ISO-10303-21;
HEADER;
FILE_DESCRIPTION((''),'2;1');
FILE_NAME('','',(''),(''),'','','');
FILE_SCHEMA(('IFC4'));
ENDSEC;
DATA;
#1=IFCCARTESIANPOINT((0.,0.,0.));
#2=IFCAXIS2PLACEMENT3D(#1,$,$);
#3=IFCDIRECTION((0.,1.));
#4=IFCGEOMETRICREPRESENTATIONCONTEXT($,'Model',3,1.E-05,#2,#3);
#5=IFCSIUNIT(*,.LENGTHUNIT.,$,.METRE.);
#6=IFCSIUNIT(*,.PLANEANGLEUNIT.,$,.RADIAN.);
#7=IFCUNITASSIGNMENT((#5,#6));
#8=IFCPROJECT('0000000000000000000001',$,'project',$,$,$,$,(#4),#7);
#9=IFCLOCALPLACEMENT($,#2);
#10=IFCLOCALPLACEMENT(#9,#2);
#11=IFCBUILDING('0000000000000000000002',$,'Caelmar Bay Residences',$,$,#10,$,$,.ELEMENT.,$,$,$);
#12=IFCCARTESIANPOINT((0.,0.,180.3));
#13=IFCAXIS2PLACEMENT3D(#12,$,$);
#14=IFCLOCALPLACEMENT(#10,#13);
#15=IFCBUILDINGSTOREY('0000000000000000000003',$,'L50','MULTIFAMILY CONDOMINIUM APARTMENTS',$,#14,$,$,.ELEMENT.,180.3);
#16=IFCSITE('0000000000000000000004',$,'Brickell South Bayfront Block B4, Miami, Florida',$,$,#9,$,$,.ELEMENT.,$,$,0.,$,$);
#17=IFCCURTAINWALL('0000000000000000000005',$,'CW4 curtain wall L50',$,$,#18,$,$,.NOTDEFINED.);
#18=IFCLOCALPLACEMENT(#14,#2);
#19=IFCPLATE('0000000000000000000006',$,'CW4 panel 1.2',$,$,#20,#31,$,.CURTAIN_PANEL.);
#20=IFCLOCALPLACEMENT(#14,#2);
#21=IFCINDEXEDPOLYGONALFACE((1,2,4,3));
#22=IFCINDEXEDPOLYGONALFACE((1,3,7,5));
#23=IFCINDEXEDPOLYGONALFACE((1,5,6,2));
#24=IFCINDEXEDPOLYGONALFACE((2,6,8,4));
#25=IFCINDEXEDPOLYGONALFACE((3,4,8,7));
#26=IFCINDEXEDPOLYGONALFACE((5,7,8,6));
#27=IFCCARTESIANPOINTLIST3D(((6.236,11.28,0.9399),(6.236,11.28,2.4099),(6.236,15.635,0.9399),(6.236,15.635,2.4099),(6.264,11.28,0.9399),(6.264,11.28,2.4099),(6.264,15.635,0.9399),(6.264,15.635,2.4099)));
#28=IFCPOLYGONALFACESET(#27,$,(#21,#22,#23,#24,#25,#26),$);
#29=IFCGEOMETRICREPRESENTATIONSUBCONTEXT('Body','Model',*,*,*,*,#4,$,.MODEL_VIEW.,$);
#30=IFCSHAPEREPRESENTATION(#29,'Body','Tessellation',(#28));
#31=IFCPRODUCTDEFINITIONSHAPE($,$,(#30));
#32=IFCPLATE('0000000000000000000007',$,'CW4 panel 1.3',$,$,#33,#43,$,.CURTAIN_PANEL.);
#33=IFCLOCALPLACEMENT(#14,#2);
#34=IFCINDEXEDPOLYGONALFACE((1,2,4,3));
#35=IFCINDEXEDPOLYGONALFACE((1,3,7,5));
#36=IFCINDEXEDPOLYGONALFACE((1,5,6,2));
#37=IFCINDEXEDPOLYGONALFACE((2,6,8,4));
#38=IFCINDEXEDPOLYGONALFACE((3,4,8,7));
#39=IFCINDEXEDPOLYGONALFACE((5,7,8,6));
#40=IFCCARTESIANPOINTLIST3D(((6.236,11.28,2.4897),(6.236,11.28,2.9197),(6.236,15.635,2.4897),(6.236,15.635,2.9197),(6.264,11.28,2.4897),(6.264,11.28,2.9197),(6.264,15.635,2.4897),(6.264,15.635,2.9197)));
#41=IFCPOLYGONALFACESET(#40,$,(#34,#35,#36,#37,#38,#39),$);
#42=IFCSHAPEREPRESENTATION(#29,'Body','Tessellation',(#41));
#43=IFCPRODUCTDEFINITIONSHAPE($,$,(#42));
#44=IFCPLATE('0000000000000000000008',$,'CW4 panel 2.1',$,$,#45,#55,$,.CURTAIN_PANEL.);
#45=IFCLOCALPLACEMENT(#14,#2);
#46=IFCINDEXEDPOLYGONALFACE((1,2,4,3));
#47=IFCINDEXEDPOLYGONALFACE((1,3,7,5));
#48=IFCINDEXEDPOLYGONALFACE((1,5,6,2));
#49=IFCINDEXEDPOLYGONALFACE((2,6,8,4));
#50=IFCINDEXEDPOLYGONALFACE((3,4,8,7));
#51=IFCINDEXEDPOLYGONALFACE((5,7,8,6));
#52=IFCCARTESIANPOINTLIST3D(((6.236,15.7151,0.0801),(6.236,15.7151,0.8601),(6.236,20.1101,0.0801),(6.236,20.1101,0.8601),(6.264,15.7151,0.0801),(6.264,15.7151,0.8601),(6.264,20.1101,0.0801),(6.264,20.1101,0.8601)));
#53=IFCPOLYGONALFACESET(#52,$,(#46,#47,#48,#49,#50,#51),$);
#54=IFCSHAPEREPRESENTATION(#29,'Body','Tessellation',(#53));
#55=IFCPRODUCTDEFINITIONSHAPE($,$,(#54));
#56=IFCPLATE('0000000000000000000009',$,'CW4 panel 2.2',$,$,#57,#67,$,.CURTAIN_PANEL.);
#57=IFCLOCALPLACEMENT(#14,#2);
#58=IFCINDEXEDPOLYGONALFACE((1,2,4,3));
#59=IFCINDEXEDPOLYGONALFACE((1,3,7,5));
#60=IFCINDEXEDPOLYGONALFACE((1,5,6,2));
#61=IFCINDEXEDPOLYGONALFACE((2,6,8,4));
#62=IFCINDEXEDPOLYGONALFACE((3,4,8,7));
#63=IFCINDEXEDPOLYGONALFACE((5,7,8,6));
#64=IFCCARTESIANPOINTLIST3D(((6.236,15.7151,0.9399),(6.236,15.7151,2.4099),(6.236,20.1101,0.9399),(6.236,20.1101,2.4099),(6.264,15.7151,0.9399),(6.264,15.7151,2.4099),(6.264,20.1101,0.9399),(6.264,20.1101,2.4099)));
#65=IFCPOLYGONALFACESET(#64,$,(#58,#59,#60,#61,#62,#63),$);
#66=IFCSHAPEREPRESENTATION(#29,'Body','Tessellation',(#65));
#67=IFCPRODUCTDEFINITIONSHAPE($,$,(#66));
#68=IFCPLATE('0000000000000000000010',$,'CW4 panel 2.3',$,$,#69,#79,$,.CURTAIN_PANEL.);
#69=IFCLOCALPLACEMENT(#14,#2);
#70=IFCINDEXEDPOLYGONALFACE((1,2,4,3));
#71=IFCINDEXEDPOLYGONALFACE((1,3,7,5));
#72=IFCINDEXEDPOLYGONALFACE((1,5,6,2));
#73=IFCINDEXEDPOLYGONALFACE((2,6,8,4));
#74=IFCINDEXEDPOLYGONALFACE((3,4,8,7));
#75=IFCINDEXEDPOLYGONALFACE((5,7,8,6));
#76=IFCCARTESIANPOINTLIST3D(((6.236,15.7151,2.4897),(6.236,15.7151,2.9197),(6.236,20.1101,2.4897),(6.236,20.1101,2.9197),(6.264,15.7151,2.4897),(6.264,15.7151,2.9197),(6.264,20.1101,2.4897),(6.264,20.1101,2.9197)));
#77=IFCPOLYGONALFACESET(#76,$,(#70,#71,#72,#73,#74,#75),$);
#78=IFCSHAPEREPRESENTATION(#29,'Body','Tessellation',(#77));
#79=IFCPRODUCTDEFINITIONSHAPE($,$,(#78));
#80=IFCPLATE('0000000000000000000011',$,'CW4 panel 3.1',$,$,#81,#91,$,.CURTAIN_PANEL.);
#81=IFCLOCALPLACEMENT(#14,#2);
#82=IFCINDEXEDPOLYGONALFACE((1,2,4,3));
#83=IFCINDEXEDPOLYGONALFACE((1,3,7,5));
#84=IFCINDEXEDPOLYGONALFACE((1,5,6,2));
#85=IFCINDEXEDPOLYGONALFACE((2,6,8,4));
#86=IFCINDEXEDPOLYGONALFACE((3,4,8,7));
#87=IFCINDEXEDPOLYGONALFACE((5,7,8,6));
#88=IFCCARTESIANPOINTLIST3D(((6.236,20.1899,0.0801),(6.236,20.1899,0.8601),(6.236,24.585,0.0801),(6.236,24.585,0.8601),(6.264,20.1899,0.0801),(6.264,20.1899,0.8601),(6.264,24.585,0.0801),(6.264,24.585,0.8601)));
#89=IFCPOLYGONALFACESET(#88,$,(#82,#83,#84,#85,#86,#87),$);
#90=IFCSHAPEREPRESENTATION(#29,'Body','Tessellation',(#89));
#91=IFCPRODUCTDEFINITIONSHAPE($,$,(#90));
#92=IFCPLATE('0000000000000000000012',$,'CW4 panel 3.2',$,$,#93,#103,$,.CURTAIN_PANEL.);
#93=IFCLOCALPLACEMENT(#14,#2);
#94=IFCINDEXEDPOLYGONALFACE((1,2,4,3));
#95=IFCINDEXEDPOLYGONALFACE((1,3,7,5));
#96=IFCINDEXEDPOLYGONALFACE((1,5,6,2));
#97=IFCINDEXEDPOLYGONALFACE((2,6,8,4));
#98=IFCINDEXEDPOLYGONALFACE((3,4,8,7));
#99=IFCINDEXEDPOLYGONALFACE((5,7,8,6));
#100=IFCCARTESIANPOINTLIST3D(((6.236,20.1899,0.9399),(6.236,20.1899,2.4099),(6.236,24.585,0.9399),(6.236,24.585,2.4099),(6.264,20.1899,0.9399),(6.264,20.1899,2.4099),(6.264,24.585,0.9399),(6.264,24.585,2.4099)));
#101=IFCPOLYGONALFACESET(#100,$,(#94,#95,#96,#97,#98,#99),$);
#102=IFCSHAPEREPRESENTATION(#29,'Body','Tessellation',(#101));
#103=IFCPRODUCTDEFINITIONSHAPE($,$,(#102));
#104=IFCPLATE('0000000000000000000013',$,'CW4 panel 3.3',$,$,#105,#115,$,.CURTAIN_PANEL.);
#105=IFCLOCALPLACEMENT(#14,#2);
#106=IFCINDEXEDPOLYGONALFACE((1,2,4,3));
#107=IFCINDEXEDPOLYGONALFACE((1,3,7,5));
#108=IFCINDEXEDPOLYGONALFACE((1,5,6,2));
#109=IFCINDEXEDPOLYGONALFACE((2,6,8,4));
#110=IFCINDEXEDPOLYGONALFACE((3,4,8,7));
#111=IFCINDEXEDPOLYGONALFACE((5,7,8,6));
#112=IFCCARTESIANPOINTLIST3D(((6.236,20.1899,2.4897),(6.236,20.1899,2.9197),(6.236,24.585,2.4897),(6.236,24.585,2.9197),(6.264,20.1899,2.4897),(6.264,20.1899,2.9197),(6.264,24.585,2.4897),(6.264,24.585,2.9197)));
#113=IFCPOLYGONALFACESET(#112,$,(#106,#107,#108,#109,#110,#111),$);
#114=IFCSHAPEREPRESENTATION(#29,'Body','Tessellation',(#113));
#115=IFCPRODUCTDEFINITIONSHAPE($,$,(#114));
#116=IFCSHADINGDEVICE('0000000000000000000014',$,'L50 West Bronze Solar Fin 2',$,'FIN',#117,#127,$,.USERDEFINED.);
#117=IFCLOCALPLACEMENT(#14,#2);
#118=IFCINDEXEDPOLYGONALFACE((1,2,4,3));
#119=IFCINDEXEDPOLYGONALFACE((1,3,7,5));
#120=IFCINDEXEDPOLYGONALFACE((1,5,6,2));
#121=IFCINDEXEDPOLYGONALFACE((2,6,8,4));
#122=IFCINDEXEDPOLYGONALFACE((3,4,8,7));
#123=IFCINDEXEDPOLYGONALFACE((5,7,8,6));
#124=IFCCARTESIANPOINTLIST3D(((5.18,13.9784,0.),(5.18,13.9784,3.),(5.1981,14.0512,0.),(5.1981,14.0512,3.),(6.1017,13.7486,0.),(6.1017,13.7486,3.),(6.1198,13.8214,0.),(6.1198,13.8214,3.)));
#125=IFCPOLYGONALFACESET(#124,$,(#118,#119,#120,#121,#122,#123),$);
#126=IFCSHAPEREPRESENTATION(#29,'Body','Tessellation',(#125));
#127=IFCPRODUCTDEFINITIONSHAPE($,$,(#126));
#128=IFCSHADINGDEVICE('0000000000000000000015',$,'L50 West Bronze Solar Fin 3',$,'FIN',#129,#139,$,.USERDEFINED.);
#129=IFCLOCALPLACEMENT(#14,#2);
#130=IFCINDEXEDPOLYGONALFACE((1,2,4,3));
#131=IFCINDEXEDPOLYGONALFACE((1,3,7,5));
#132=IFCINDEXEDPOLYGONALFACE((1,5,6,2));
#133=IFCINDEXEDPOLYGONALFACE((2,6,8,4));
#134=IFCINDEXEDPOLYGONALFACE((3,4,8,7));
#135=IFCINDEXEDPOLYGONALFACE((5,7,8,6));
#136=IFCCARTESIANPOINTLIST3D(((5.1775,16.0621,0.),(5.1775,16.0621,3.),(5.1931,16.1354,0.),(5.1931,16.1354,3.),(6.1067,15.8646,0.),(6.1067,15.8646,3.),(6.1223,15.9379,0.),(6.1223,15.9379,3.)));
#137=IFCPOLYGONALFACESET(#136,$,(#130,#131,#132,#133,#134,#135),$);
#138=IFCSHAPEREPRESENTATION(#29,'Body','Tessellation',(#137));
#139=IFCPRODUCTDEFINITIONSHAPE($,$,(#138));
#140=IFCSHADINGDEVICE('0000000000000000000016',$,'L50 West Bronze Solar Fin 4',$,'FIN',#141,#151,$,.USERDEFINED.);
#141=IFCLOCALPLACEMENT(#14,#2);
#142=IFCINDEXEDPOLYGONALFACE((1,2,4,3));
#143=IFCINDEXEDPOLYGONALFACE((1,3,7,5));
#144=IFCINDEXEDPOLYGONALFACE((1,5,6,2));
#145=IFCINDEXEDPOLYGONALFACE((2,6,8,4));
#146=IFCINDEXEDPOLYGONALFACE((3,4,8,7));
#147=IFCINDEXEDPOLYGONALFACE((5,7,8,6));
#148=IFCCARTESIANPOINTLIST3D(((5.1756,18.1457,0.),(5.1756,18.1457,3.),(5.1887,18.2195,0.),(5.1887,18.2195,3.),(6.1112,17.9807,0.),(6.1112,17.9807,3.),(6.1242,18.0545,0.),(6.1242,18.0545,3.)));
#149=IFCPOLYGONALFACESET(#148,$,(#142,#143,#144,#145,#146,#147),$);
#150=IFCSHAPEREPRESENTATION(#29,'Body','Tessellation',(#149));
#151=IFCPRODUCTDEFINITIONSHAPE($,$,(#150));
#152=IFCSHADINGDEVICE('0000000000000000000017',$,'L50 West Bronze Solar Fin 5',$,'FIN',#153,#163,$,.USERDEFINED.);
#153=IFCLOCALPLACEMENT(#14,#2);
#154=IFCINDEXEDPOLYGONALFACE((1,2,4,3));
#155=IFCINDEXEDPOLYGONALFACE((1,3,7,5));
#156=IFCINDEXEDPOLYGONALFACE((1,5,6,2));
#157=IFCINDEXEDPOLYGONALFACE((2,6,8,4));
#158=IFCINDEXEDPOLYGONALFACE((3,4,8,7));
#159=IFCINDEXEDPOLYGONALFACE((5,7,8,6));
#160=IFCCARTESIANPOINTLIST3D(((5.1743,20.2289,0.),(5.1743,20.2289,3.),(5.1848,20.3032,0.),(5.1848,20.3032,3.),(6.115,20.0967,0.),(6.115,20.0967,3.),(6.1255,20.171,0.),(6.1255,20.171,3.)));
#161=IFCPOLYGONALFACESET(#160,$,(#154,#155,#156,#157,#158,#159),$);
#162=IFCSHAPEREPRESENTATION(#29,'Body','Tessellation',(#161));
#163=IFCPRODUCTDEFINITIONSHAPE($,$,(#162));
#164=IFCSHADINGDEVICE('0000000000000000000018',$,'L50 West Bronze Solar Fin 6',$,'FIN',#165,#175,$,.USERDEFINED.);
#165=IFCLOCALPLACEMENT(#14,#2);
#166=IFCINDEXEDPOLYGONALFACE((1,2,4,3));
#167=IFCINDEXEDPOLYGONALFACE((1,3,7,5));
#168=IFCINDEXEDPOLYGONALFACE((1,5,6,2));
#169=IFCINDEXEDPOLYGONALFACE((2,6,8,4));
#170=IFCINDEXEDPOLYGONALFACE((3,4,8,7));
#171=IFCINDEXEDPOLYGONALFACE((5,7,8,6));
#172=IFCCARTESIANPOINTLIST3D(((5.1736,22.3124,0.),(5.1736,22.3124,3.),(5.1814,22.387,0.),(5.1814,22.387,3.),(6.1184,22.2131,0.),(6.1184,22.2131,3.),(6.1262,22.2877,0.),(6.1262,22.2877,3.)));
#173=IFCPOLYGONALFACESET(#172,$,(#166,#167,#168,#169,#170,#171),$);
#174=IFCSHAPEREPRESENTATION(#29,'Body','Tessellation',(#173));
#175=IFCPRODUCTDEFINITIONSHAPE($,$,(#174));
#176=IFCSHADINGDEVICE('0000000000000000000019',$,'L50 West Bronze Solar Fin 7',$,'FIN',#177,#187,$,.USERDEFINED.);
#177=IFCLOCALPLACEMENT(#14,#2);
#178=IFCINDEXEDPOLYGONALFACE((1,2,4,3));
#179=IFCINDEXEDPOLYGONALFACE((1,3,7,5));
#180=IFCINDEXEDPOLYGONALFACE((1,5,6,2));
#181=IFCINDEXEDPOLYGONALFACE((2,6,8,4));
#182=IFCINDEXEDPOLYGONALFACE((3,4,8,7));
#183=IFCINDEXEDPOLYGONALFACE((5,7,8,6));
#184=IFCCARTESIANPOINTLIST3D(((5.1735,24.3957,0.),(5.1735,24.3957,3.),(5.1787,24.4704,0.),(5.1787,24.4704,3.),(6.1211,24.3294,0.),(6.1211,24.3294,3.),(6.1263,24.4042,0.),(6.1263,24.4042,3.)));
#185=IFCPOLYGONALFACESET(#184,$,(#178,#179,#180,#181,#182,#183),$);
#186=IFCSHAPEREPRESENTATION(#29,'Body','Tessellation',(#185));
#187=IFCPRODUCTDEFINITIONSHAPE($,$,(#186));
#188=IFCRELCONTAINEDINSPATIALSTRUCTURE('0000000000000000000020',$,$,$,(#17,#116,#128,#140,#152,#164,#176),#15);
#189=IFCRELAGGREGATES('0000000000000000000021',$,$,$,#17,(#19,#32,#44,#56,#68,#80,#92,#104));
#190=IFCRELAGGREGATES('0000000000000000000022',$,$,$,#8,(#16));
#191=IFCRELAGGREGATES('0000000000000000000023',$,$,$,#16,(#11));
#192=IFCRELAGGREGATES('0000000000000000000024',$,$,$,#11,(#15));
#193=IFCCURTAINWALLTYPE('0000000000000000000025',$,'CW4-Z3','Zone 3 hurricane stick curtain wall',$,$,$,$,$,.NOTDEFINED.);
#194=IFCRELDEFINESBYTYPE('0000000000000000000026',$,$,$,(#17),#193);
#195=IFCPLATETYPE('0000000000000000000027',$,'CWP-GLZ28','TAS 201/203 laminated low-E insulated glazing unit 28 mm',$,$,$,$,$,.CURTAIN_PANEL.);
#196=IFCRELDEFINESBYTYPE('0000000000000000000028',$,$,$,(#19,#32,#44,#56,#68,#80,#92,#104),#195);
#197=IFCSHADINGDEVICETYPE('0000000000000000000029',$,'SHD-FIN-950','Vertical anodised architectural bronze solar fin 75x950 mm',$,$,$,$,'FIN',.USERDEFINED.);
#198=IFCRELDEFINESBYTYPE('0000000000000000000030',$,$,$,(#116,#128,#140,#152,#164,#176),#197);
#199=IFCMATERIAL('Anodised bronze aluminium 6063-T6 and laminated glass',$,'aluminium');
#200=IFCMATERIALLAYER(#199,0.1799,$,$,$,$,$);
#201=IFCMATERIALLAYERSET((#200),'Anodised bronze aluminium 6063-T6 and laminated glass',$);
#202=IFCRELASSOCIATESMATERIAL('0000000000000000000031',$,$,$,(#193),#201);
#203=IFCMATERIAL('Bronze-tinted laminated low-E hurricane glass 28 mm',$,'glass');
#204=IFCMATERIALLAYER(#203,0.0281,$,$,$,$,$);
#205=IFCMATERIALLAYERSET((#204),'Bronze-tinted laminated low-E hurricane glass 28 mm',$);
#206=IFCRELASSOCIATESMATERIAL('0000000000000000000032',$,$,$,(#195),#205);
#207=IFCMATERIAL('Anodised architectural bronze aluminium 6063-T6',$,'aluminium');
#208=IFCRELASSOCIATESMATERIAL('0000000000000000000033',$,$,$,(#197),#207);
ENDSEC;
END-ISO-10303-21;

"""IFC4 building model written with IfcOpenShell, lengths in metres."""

from ifc_helpers import new_model, si_unit, direction, frame, origin, origin_2d, place, context, subcontext, project, spatial, rectangle, extrude, material, layer, layer_set, material_profile, profile_set, type_object, element, aggregate, save


model = new_model("IFC4")

# Units and contexts
model_context = context("Model", 3, precision=1e-05, world=origin(), true_north=direction((0.0, 1.0)))
body_context = subcontext(model_context, "Body", "Model", "MODEL_VIEW")
ifc_project = project(units=[si_unit("LENGTHUNIT", "METRE"), si_unit("PLANEANGLEUNIT", "RADIAN")], contexts=[model_context])

# Site, building, storey
site_placement = place(None, origin())
site = spatial("IfcSite", under=ifc_project, at=site_placement, Name="Brickell South Bayfront Block B4, Miami, Florida", CompositionType="ELEMENT", RefElevation=0.0)
building_placement = place(site_placement, origin())
building = spatial("IfcBuilding", under=site, at=building_placement, Name="Caelmar Bay Residences", CompositionType="ELEMENT")
storey_placement = place(building_placement, frame((0.0, 0.0, 180.3)))
storey = spatial("IfcBuildingStorey", under=building, at=storey_placement, Name="L50", Description="MULTIFAMILY CONDOMINIUM APARTMENTS", CompositionType="ELEMENT", Elevation=180.3)

# Curtain wall, plates
ifc_material_1 = material(Name="Anodised bronze aluminium 6063-T6 and laminated glass", Category="aluminium")
ifc_layer_1 = layer(ifc_material_1, 0.1799)
ifc_layer_set_1 = layer_set([ifc_layer_1], Name="Anodised bronze aluminium 6063-T6 and laminated glass")
curtain_wall_type = type_object("IfcCurtainWallType", Name="CW4-Z3", Description="Zone 3 hurricane stick curtain wall", PredefinedType="NOTDEFINED", material=ifc_layer_set_1)
curtain_wall_placement = place(storey_placement, origin())
curtain_wall = element("IfcCurtainWall", 1, at=curtain_wall_placement, inside=storey, type_object=curtain_wall_type, Name="CW4 curtain wall L50", PredefinedType="NOTDEFINED")
ifc_material_2 = material(Name="Bronze-tinted laminated low-E hurricane glass 28 mm", Category="glass")
ifc_layer_2 = layer(ifc_material_2, 0.0281)
ifc_layer_set_2 = layer_set([ifc_layer_2], Name="Bronze-tinted laminated low-E hurricane glass 28 mm")
plate_type = type_object("IfcPlateType", Name="CWP-GLZ28", Description="TAS 201/203 laminated low-E insulated glazing unit 28 mm", PredefinedType="CURTAIN_PANEL", material=ifc_layer_set_2)
plate_1_placement = place(storey_placement, frame((6.25, 13.4575, 0.9399), z_axis=(0.0, 0.0, 1.0), x_axis=(0.0, 1.0, 0.0)))
plate_1 = element("IfcPlate", 2, at=plate_1_placement, type_object=plate_type, Name="CW4 panel 1.2", PredefinedType="CURTAIN_PANEL", context=body_context, shape_type="SweptSolid", body=[
    extrude(rectangle(XDim=4.355, YDim=0.0281, at=origin_2d()), origin(), (0.0, 0.0, 1.0), 1.47),
])
plate_2_placement = place(storey_placement, frame((6.25, 13.4575, 2.4897), z_axis=(0.0, 0.0, 1.0), x_axis=(0.0, 1.0, 0.0)))
plate_2 = element("IfcPlate", 3, at=plate_2_placement, type_object=plate_type, Name="CW4 panel 1.3", PredefinedType="CURTAIN_PANEL", context=body_context, shape_type="SweptSolid", body=[
    extrude(rectangle(XDim=4.355, YDim=0.0281, at=origin_2d()), origin(), (0.0, 0.0, 1.0), 0.4299),
])
plate_3_placement = place(storey_placement, frame((6.25, 17.9126, 0.0801), z_axis=(0.0, 0.0, 1.0), x_axis=(0.0, 1.0, 0.0)))
plate_3 = element("IfcPlate", 4, at=plate_3_placement, type_object=plate_type, Name="CW4 panel 2.1", PredefinedType="CURTAIN_PANEL", context=body_context, shape_type="SweptSolid", body=[
    extrude(rectangle(XDim=4.395, YDim=0.0281, at=origin_2d()), origin(), (0.0, 0.0, 1.0), 0.78),
])
plate_4_placement = place(storey_placement, frame((6.25, 17.9126, 0.9399), z_axis=(0.0, 0.0, 1.0), x_axis=(0.0, 1.0, 0.0)))
plate_4 = element("IfcPlate", 5, at=plate_4_placement, type_object=plate_type, Name="CW4 panel 2.2", PredefinedType="CURTAIN_PANEL", context=body_context, shape_type="SweptSolid", body=[
    extrude(rectangle(XDim=4.395, YDim=0.0281, at=origin_2d()), origin(), (0.0, 0.0, 1.0), 1.47),
])
plate_5_placement = place(storey_placement, frame((6.25, 17.9126, 2.4897), z_axis=(0.0, 0.0, 1.0), x_axis=(0.0, 1.0, 0.0)))
plate_5 = element("IfcPlate", 6, at=plate_5_placement, type_object=plate_type, Name="CW4 panel 2.3", PredefinedType="CURTAIN_PANEL", context=body_context, shape_type="SweptSolid", body=[
    extrude(rectangle(XDim=4.395, YDim=0.0281, at=origin_2d()), origin(), (0.0, 0.0, 1.0), 0.4299),
])
plate_6_placement = place(storey_placement, frame((6.25, 22.3875, 0.0801), z_axis=(0.0, 0.0, 1.0), x_axis=(0.0, 1.0, 0.0)))
plate_6 = element("IfcPlate", 7, at=plate_6_placement, type_object=plate_type, Name="CW4 panel 3.1", PredefinedType="CURTAIN_PANEL", context=body_context, shape_type="SweptSolid", body=[
    extrude(rectangle(XDim=4.395, YDim=0.0281, at=origin_2d()), origin(), (0.0, 0.0, 1.0), 0.78),
])
plate_7_placement = place(storey_placement, frame((6.25, 22.3875, 0.9399), z_axis=(0.0, 0.0, 1.0), x_axis=(0.0, 1.0, 0.0)))
plate_7 = element("IfcPlate", 8, at=plate_7_placement, type_object=plate_type, Name="CW4 panel 3.2", PredefinedType="CURTAIN_PANEL", context=body_context, shape_type="SweptSolid", body=[
    extrude(rectangle(XDim=4.395, YDim=0.0281, at=origin_2d()), origin(), (0.0, 0.0, 1.0), 1.47),
])
plate_8_placement = place(storey_placement, frame((6.25, 22.3875, 2.4897), z_axis=(0.0, 0.0, 1.0), x_axis=(0.0, 1.0, 0.0)))
plate_8 = element("IfcPlate", 9, at=plate_8_placement, type_object=plate_type, Name="CW4 panel 3.3", PredefinedType="CURTAIN_PANEL", context=body_context, shape_type="SweptSolid", body=[
    extrude(rectangle(XDim=4.395, YDim=0.0281, at=origin_2d()), origin(), (0.0, 0.0, 1.0), 0.4299),
])
aggregate(curtain_wall, [plate_1, plate_2, plate_3, plate_4, plate_5, plate_6, plate_7, plate_8])

# Shading devices
ifc_material_3 = material(Name="Anodised architectural bronze aluminium 6063-T6", Category="aluminium")
ifc_material_profile_1 = material_profile(ifc_material_3, rectangle(XDim=0.075, YDim=0.95, at=origin_2d()), Name="BRONZE-FIN-75X950")
ifc_profile_set_1 = profile_set([ifc_material_profile_1], Name="Anodised architectural bronze aluminium 6063-T6")
shading_device_type = type_object("IfcShadingDeviceType", Name="SHD-FIN-950", Description="Vertical anodised architectural bronze solar fin 75x950 mm", ElementType="FIN", PredefinedType="USERDEFINED", material=ifc_profile_set_1)
for number, where, z_axis, x_axis, name in (
    (10, (5.6499, 13.8999, 0.0), (0.0, 0.0, 1.0), (0.241922, 0.970296, 0.0), "L50 West Bronze Solar Fin 2"),
    (11, (5.6499, 16.0, 0.0), (0.0, 0.0, 1.0), (0.207912, 0.978148, 0.0), "L50 West Bronze Solar Fin 3"),
    (12, (5.6499, 18.1001, 0.0), (0.0, 0.0, 1.0), (0.173648, 0.984808, 0.0), "L50 West Bronze Solar Fin 4"),
    (13, (5.6499, 20.2, 0.0), (0.0, 0.0, 1.0), (0.139173, 0.990268, 0.0), "L50 West Bronze Solar Fin 5"),
    (14, (5.6499, 22.3, 0.0), (0.0, 0.0, 1.0), (0.104528, 0.994522, 0.0), "L50 West Bronze Solar Fin 6"),
    (15, (5.6499, 24.3999, 0.0), (0.0, 0.0, 1.0), (0.069756, 0.997564, 0.0), "L50 West Bronze Solar Fin 7"),
):
    element("IfcShadingDevice", number, at=place(storey_placement, frame(where, z_axis=z_axis, x_axis=x_axis)), inside=storey, type_object=shading_device_type, Name=name, ObjectType="FIN", PredefinedType="USERDEFINED", context=body_context, shape_type="SweptSolid", body=[
        extrude(rectangle(XDim=0.075, YDim=0.95, at=origin_2d()), origin(), (0.0, 0.0, 1.0), 3.0),
    ])

save(model, "model.ifc")
